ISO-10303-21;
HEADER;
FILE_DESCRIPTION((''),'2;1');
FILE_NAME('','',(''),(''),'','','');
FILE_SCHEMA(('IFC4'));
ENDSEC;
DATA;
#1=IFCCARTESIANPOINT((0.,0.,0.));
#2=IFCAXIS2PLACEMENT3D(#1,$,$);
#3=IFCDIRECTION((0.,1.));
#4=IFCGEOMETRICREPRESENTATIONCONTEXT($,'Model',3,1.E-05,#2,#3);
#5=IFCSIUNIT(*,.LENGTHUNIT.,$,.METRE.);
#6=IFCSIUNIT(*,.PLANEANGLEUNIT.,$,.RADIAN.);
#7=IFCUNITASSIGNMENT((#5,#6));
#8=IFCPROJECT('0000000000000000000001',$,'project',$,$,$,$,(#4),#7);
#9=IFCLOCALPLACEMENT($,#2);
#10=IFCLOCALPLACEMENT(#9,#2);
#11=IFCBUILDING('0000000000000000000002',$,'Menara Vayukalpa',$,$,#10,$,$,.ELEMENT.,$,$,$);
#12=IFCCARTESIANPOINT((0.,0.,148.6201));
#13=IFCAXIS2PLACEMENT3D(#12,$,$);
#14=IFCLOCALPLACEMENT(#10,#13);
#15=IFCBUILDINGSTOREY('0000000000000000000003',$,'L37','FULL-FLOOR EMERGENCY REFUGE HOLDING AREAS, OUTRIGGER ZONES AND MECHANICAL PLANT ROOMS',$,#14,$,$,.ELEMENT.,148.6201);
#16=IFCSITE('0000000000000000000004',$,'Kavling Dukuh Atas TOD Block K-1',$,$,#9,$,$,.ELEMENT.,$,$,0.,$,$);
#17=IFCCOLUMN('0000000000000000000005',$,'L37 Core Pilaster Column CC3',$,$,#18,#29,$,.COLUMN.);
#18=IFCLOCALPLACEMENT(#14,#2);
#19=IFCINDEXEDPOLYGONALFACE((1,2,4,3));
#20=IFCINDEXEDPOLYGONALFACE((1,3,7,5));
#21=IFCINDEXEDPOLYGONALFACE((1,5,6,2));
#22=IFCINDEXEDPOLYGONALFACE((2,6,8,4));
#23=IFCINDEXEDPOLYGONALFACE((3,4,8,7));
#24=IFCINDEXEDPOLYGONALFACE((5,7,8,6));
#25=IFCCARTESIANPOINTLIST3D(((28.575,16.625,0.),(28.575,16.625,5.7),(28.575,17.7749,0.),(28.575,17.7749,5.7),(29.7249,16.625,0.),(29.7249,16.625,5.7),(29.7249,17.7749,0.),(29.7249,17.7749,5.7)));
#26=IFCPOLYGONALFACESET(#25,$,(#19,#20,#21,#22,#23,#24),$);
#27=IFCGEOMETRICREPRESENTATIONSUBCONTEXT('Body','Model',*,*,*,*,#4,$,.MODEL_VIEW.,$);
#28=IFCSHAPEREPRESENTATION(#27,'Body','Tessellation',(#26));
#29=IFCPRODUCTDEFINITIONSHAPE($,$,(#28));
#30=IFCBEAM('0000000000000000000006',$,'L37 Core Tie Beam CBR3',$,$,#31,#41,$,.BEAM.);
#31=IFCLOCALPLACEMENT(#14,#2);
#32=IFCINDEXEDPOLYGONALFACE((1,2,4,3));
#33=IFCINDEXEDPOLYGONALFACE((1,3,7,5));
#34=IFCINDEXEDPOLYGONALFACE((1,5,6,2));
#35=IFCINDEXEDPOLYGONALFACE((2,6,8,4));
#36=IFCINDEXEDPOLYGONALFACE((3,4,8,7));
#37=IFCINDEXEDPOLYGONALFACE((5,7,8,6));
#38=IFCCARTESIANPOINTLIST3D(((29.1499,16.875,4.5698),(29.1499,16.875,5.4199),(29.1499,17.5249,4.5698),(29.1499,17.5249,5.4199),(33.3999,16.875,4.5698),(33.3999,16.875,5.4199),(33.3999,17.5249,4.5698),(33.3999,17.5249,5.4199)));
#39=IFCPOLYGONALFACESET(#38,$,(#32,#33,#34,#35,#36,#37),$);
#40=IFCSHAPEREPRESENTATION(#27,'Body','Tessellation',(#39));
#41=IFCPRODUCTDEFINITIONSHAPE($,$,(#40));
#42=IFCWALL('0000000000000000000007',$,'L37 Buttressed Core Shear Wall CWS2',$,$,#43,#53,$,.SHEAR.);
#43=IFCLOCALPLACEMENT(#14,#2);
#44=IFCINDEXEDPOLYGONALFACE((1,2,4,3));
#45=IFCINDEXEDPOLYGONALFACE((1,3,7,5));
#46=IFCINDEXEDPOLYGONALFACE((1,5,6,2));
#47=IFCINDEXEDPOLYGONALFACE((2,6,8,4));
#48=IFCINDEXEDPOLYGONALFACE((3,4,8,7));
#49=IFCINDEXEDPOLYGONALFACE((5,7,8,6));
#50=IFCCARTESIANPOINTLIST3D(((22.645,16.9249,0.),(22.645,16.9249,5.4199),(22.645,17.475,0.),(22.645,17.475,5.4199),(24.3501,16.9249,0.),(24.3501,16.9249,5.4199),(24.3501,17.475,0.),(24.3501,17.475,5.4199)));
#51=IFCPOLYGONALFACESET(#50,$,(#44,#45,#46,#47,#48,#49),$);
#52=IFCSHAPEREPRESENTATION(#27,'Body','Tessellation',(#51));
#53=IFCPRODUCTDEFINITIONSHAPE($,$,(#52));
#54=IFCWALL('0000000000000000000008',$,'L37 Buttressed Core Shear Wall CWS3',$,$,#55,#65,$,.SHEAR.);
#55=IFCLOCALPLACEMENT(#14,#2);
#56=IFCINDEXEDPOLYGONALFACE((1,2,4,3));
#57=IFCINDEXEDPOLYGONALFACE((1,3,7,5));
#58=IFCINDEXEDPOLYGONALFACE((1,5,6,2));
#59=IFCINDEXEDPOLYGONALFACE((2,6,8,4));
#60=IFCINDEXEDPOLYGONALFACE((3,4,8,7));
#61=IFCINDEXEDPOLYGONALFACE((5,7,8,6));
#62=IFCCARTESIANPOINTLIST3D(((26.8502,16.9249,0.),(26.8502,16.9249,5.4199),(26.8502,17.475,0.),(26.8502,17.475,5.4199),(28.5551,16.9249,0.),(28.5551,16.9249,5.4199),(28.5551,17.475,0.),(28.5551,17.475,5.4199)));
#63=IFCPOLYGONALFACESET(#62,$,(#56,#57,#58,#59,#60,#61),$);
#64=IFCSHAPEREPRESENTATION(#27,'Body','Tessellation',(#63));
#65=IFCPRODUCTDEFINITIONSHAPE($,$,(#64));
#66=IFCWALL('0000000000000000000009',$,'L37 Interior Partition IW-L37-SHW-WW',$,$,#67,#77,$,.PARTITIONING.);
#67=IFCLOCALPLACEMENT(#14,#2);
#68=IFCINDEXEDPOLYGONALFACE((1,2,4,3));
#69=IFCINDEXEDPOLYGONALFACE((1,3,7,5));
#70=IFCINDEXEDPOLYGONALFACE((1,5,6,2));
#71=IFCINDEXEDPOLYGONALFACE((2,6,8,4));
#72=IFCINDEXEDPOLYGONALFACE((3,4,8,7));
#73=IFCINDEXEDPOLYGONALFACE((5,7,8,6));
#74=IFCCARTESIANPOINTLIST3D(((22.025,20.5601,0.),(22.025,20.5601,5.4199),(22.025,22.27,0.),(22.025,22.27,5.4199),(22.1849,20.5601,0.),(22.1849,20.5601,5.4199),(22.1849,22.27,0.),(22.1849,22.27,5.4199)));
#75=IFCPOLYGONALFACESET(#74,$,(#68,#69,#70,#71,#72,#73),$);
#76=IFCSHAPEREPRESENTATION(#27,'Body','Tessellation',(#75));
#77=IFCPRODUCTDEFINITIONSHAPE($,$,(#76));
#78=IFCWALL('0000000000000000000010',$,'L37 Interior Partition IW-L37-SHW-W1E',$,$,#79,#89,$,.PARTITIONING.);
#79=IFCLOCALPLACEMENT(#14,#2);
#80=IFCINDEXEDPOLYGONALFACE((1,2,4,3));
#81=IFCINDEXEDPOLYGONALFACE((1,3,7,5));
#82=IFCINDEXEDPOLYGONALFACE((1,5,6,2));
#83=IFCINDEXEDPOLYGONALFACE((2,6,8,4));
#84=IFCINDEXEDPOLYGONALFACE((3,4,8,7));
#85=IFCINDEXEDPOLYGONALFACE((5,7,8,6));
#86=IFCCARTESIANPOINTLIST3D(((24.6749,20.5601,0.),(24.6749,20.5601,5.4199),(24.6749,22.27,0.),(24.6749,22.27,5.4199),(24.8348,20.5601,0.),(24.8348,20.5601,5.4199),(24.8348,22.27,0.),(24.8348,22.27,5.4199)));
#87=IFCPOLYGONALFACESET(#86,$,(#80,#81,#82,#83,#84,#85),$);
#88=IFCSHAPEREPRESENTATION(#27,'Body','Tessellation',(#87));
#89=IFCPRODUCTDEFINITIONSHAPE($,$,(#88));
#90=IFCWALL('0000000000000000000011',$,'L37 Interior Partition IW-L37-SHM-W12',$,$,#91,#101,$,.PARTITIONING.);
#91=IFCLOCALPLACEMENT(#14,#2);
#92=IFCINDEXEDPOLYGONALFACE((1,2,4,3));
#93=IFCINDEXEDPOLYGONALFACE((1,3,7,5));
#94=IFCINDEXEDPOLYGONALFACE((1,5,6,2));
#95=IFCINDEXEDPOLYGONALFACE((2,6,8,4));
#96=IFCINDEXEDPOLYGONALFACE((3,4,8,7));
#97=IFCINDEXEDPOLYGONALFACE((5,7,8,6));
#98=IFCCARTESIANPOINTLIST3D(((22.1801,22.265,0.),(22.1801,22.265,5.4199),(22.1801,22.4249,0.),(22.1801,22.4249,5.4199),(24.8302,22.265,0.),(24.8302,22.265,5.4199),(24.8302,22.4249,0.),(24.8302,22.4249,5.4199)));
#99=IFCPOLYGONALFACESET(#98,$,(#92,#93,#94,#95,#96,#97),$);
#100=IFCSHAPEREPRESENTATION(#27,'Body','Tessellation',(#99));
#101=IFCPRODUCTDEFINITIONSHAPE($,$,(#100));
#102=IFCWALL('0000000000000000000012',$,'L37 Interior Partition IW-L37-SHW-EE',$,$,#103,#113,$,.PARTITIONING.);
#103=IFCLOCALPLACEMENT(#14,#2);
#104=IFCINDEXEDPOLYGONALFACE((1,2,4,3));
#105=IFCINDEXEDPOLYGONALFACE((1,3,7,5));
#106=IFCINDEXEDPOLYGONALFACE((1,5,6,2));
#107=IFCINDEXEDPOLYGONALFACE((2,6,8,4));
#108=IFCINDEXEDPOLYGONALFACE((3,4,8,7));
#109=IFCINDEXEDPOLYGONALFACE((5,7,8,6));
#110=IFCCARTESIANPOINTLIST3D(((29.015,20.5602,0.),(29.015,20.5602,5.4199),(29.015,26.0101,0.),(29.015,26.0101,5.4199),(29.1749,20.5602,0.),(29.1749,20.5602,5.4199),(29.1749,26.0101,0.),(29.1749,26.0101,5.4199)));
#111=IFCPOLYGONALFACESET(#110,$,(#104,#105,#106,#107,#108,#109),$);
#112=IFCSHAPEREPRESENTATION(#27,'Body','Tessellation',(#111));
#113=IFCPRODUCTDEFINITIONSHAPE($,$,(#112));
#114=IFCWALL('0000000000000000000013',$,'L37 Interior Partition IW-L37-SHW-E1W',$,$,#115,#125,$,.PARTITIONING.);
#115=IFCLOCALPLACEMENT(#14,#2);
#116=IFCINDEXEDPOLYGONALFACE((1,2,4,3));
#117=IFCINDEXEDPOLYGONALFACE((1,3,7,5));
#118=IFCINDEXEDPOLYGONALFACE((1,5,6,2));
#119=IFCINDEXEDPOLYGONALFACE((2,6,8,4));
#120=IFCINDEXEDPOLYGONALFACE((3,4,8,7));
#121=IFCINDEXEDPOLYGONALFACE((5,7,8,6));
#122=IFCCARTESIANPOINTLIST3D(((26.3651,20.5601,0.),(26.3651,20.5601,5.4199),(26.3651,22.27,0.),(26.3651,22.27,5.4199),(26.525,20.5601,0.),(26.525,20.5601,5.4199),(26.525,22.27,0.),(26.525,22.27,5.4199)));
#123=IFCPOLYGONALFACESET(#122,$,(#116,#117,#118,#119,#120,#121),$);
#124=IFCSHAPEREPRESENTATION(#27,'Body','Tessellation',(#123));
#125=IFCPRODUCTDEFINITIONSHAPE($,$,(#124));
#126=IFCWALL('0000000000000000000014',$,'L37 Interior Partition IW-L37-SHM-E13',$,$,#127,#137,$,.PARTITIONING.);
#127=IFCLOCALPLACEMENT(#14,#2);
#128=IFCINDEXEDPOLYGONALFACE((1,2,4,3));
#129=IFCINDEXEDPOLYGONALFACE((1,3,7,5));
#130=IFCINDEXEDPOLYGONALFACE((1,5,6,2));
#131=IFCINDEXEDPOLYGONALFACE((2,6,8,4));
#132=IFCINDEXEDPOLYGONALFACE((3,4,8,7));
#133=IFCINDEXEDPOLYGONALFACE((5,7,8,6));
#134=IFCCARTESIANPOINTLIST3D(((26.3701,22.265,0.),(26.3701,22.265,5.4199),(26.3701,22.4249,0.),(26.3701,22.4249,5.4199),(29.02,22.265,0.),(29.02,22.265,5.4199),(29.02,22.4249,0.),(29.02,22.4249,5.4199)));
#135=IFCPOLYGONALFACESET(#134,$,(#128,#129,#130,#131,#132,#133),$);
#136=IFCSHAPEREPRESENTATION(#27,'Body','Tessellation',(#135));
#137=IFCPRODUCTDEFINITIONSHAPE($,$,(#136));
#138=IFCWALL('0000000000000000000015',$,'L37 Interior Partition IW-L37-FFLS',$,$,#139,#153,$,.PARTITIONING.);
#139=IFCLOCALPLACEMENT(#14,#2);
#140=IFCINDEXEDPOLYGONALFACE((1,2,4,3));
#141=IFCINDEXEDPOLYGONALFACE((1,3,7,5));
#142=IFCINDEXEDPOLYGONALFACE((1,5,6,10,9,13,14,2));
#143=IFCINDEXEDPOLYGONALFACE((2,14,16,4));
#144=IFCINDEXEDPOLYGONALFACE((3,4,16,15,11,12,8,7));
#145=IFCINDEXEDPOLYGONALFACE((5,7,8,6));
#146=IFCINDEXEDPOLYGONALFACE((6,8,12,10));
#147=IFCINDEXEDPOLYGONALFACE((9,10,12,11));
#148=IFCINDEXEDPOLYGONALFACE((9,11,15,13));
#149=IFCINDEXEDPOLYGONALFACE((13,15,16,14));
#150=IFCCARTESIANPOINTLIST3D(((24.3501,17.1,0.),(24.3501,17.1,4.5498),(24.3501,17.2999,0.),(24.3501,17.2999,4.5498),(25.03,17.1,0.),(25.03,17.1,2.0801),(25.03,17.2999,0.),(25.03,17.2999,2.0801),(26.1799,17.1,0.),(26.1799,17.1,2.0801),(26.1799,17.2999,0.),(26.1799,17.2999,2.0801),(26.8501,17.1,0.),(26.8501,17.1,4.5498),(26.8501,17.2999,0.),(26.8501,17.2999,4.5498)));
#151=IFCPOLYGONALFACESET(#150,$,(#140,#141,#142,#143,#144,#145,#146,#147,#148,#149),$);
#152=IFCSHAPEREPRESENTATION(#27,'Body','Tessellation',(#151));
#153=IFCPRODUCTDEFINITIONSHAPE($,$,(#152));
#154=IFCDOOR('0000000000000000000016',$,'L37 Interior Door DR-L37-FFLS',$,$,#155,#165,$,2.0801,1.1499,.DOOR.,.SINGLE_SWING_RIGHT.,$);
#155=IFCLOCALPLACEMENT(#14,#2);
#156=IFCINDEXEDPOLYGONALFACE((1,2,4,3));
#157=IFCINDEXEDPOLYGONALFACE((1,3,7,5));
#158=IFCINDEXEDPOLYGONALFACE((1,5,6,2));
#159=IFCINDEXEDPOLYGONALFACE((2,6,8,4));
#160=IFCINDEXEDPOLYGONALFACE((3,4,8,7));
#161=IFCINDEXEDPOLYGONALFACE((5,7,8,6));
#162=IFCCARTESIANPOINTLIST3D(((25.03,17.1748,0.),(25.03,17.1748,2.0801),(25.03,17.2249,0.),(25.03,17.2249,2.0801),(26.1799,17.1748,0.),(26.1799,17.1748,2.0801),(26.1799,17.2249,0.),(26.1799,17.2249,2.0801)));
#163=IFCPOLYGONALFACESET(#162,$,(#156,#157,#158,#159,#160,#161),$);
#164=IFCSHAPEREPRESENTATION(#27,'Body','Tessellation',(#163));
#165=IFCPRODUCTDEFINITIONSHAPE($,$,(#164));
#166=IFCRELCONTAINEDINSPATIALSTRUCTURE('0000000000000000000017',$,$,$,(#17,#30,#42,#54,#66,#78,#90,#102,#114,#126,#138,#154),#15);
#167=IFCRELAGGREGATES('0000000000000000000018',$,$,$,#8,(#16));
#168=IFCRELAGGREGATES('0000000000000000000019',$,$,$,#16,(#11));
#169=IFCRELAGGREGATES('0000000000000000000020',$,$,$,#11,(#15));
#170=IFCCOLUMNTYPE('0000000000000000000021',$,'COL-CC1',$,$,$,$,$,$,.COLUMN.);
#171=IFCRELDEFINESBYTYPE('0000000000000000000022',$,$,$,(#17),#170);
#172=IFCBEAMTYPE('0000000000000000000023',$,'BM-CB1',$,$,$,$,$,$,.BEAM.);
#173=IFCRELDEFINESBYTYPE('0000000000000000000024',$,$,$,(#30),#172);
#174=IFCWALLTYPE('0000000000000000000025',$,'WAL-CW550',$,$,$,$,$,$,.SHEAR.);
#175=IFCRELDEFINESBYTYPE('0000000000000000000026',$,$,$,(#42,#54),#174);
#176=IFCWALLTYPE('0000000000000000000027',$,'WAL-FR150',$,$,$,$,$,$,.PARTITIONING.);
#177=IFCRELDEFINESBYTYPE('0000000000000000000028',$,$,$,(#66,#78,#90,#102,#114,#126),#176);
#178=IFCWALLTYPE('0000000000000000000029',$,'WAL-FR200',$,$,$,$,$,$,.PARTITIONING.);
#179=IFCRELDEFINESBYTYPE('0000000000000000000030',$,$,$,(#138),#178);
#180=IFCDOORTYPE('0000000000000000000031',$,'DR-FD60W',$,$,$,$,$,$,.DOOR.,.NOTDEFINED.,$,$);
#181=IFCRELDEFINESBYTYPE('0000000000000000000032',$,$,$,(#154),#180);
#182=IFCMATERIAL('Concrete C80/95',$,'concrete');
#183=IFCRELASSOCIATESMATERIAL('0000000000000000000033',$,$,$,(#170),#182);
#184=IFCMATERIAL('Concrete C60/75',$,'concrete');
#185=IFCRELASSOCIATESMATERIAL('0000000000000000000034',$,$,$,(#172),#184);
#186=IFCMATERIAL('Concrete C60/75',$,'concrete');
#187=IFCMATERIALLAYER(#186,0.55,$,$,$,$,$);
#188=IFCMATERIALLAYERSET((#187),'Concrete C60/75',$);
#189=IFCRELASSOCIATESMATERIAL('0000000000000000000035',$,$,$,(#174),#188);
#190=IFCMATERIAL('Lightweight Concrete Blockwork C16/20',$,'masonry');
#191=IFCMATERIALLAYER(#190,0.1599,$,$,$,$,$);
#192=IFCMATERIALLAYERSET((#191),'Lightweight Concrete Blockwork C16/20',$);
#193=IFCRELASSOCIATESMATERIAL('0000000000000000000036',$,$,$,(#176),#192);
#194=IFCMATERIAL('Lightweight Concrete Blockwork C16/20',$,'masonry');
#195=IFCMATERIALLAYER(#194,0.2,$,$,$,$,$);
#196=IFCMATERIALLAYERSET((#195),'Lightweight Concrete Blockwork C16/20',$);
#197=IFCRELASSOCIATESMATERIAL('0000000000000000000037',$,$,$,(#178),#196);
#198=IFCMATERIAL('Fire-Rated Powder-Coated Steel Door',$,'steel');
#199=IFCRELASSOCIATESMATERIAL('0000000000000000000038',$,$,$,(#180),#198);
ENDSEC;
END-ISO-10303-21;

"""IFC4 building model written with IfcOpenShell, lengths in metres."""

from ifc_helpers import new_model, si_unit, direction, frame, frame_2d, origin, origin_2d, place, context, subcontext, project, spatial, rectangle, extrude, material, layer, layer_set, material_profile, profile_set, type_object, element, fill, save


model = new_model("IFC4")

# Units and contexts
model_context = context("Model", 3, precision=1e-05, world=origin(), true_north=direction((0.0, 1.0)))
body_context = subcontext(model_context, "Body", "Model", "MODEL_VIEW")
ifc_project = project(units=[si_unit("LENGTHUNIT", "METRE"), si_unit("PLANEANGLEUNIT", "RADIAN")], contexts=[model_context])

# Site, building, storey
site_placement = place(None, origin())
site = spatial("IfcSite", under=ifc_project, at=site_placement, Name="Kavling Dukuh Atas TOD Block K-1", CompositionType="ELEMENT", RefElevation=0.0)
building_placement = place(site_placement, origin())
building = spatial("IfcBuilding", under=site, at=building_placement, Name="Menara Vayukalpa", CompositionType="ELEMENT")
storey_placement = place(building_placement, frame((0.0, 0.0, 148.6201)))
storey = spatial("IfcBuildingStorey", under=building, at=storey_placement, Name="L37", Description="FULL-FLOOR EMERGENCY REFUGE HOLDING AREAS, OUTRIGGER ZONES AND MECHANICAL PLANT ROOMS", CompositionType="ELEMENT", Elevation=148.6201)

# Column
ifc_material_1 = material(Name="Concrete C80/95", Category="concrete")
ifc_material_profile_1 = material_profile(ifc_material_1, rectangle(XDim=1.1499, YDim=1.1499, at=origin_2d()), Name="RC 1150x1150")
ifc_profile_set_1 = profile_set([ifc_material_profile_1], Name="Concrete C80/95")
column_type = type_object("IfcColumnType", Name="COL-CC1", PredefinedType="COLUMN", material=ifc_profile_set_1)
column_placement = place(storey_placement, frame((29.1499, 17.2, 0.0), z_axis=(0.0, 0.0, 1.0), x_axis=(1.0, 0.0, 0.0)))
element("IfcColumn", 1, at=column_placement, inside=storey, type_object=column_type, Name="L37 Core Pilaster Column CC3", PredefinedType="COLUMN", context=body_context, shape_type="SweptSolid", body=[
    extrude(rectangle(XDim=1.1499, YDim=1.1499, at=origin_2d()), origin(), (0.0, 0.0, 1.0), 5.7),
])

# Beam
ifc_material_2 = material(Name="Concrete C60/75", Category="concrete")
ifc_material_profile_2 = material_profile(ifc_material_2, rectangle(XDim=0.6499, YDim=0.8501, at=origin_2d()), Name="RC 650x850")
ifc_profile_set_2 = profile_set([ifc_material_profile_2], Name="Concrete C60/75")
beam_type = type_object("IfcBeamType", Name="BM-CB1", PredefinedType="BEAM", material=ifc_profile_set_2)
beam_placement = place(storey_placement, frame((29.1499, 17.2, 4.9949), z_axis=(1.0, 0.0, 0.0), x_axis=(0.0, 1.0, 0.0)))
element("IfcBeam", 2, at=beam_placement, inside=storey, type_object=beam_type, Name="L37 Core Tie Beam CBR3", PredefinedType="BEAM", context=body_context, shape_type="SweptSolid", body=[
    extrude(rectangle(XDim=0.6499, YDim=0.8501, at=origin_2d()), origin(), (0.0, 0.0, 1.0), 4.25),
])

# Walls
ifc_material_3 = material(Name="Concrete C60/75", Category="concrete")
ifc_layer_1 = layer(ifc_material_3, 0.55)
ifc_layer_set_1 = layer_set([ifc_layer_1], Name="Concrete C60/75")
wall_type_1 = type_object("IfcWallType", Name="WAL-CW550", PredefinedType="SHEAR", material=ifc_layer_set_1)
wall_1_placement = place(storey_placement, frame((22.645, 17.2, 0.0), z_axis=(0.0, 0.0, 1.0), x_axis=(1.0, 0.0, 0.0)))
element("IfcWall", 3, at=wall_1_placement, inside=storey, type_object=wall_type_1, Name="L37 Buttressed Core Shear Wall CWS2", PredefinedType="SHEAR", context=body_context, shape_type="SweptSolid", body=[
    extrude(rectangle(XDim=1.7051, YDim=0.55, at=frame_2d((0.8525, 0.0))), origin(), (0.0, 0.0, 1.0), 5.4199),
])
wall_2_placement = place(storey_placement, frame((26.8501, 17.2, 0.0), z_axis=(0.0, 0.0, 1.0), x_axis=(1.0, 0.0, 0.0)))
element("IfcWall", 4, at=wall_2_placement, inside=storey, type_object=wall_type_1, Name="L37 Buttressed Core Shear Wall CWS3", PredefinedType="SHEAR", context=body_context, shape_type="SweptSolid", body=[
    extrude(rectangle(XDim=1.7048, YDim=0.55, at=frame_2d((0.8525, 0.0))), origin(), (0.0, 0.0, 1.0), 5.4199),
])
ifc_material_4 = material(Name="Lightweight Concrete Blockwork C16/20", Category="masonry")
ifc_layer_2 = layer(ifc_material_4, 0.1599)
ifc_layer_set_2 = layer_set([ifc_layer_2], Name="Lightweight Concrete Blockwork C16/20")
wall_type_2 = type_object("IfcWallType", Name="WAL-FR150", PredefinedType="PARTITIONING", material=ifc_layer_set_2)
for number, where, z_axis, x_axis, name in (
    (5, (22.105, 20.5601, 0.0), (0.0, 0.0, 1.0), (0.0, 1.0, 0.0), "L37 Interior Partition IW-L37-SHW-WW"),
    (6, (24.7549, 20.5601, 0.0), (0.0, 0.0, 1.0), (0.0, 1.0, 0.0), "L37 Interior Partition IW-L37-SHW-W1E"),
):
    element("IfcWall", number, at=place(storey_placement, frame(where, z_axis=z_axis, x_axis=x_axis)), inside=storey, type_object=wall_type_2, Name=name, PredefinedType="PARTITIONING", context=body_context, shape_type="SweptSolid", body=[
        extrude(rectangle(XDim=1.71, YDim=0.1599, at=frame_2d((0.855, 0.0))), origin(), (0.0, 0.0, 1.0), 5.4199),
    ])
wall_3_placement = place(storey_placement, frame((22.1799, 22.345, 0.0), z_axis=(0.0, 0.0, 1.0), x_axis=(1.0, 0.0, 0.0)))
element("IfcWall", 7, at=wall_3_placement, inside=storey, type_object=wall_type_2, Name="L37 Interior Partition IW-L37-SHM-W12", PredefinedType="PARTITIONING", context=body_context, shape_type="SweptSolid", body=[
    extrude(rectangle(XDim=2.6501, YDim=0.1599, at=frame_2d((1.3252, 0.0))), origin(), (0.0, 0.0, 1.0), 5.4199),
])
wall_4_placement = place(storey_placement, frame((29.095, 20.5601, 0.0), z_axis=(0.0, 0.0, 1.0), x_axis=(0.0, 1.0, 0.0)))
element("IfcWall", 8, at=wall_4_placement, inside=storey, type_object=wall_type_2, Name="L37 Interior Partition IW-L37-SHW-EE", PredefinedType="PARTITIONING", context=body_context, shape_type="SweptSolid", body=[
    extrude(rectangle(XDim=5.45, YDim=0.1599, at=frame_2d((2.7251, 0.0))), origin(), (0.0, 0.0, 1.0), 5.4199),
])
wall_5_placement = place(storey_placement, frame((26.4451, 20.5601, 0.0), z_axis=(0.0, 0.0, 1.0), x_axis=(0.0, 1.0, 0.0)))
element("IfcWall", 9, at=wall_5_placement, inside=storey, type_object=wall_type_2, Name="L37 Interior Partition IW-L37-SHW-E1W", PredefinedType="PARTITIONING", context=body_context, shape_type="SweptSolid", body=[
    extrude(rectangle(XDim=1.71, YDim=0.1599, at=frame_2d((0.855, 0.0))), origin(), (0.0, 0.0, 1.0), 5.4199),
])
wall_6_placement = place(storey_placement, frame((26.3701, 22.345, 0.0), z_axis=(0.0, 0.0, 1.0), x_axis=(1.0, 0.0, 0.0)))
element("IfcWall", 10, at=wall_6_placement, inside=storey, type_object=wall_type_2, Name="L37 Interior Partition IW-L37-SHM-E13", PredefinedType="PARTITIONING", context=body_context, shape_type="SweptSolid", body=[
    extrude(rectangle(XDim=2.6499, YDim=0.1599, at=frame_2d((1.325, 0.0))), origin(), (0.0, 0.0, 1.0), 5.4199),
])

# Wall, opening, door
ifc_material_5 = material(Name="Lightweight Concrete Blockwork C16/20", Category="masonry")
ifc_layer_3 = layer(ifc_material_5, 0.2)
ifc_layer_set_3 = layer_set([ifc_layer_3], Name="Lightweight Concrete Blockwork C16/20")
wall_type_3 = type_object("IfcWallType", Name="WAL-FR200", PredefinedType="PARTITIONING", material=ifc_layer_set_3)
wall_7_placement = place(storey_placement, frame((24.3501, 17.2, 0.0), z_axis=(0.0, 0.0, 1.0), x_axis=(1.0, 0.0, 0.0)))
wall_7 = element("IfcWall", 11, at=wall_7_placement, inside=storey, type_object=wall_type_3, Name="L37 Interior Partition IW-L37-FFLS", PredefinedType="PARTITIONING", context=body_context, shape_type="SweptSolid", body=[
    extrude(rectangle(XDim=2.5, YDim=0.2, at=frame_2d((1.25, 0.0))), origin(), (0.0, 0.0, 1.0), 4.5498),
])
opening_1_placement = place(wall_7_placement, frame((0.6799, 0.0, 0.0)))
opening_1 = element("IfcOpeningElement", 12, at=opening_1_placement, cuts=wall_7, PredefinedType="OPENING", context=body_context, shape_type="SweptSolid", body=[
    extrude(rectangle(XDim=1.1499, YDim=2.0801, at=frame_2d((0.575, 1.04))), frame((0.0, 0.1099, 0.0), z_axis=(0.0, -1.0, 0.0), x_axis=(1.0, 0.0, 0.0)), (0.0, 0.0, 1.0), 0.22),
])
ifc_material_6 = material(Name="Fire-Rated Powder-Coated Steel Door", Category="steel")
door_type_1 = type_object("IfcDoorType", Name="DR-FD60W", OperationType="NOTDEFINED", PredefinedType="DOOR", material=ifc_material_6)
door_1_placement = place(opening_1_placement, origin())
door_1 = element("IfcDoor", 13, at=door_1_placement, inside=storey, type_object=door_type_1, Name="L37 Interior Door DR-L37-FFLS", OperationType="SINGLE_SWING_RIGHT", OverallHeight=2.0801, OverallWidth=1.1499, PredefinedType="DOOR", context=body_context, shape_type="SweptSolid", body=[
    extrude(rectangle(XDim=1.1499, YDim=2.0801, at=frame_2d((0.575, 1.04))), frame((0.0, 0.0249, 0.0), z_axis=(0.0, -1.0, 0.0), x_axis=(1.0, 0.0, 0.0)), (0.0, 0.0, 1.0), 0.05),
])
fill(opening_1, door_1)

save(model, "model.ifc")
